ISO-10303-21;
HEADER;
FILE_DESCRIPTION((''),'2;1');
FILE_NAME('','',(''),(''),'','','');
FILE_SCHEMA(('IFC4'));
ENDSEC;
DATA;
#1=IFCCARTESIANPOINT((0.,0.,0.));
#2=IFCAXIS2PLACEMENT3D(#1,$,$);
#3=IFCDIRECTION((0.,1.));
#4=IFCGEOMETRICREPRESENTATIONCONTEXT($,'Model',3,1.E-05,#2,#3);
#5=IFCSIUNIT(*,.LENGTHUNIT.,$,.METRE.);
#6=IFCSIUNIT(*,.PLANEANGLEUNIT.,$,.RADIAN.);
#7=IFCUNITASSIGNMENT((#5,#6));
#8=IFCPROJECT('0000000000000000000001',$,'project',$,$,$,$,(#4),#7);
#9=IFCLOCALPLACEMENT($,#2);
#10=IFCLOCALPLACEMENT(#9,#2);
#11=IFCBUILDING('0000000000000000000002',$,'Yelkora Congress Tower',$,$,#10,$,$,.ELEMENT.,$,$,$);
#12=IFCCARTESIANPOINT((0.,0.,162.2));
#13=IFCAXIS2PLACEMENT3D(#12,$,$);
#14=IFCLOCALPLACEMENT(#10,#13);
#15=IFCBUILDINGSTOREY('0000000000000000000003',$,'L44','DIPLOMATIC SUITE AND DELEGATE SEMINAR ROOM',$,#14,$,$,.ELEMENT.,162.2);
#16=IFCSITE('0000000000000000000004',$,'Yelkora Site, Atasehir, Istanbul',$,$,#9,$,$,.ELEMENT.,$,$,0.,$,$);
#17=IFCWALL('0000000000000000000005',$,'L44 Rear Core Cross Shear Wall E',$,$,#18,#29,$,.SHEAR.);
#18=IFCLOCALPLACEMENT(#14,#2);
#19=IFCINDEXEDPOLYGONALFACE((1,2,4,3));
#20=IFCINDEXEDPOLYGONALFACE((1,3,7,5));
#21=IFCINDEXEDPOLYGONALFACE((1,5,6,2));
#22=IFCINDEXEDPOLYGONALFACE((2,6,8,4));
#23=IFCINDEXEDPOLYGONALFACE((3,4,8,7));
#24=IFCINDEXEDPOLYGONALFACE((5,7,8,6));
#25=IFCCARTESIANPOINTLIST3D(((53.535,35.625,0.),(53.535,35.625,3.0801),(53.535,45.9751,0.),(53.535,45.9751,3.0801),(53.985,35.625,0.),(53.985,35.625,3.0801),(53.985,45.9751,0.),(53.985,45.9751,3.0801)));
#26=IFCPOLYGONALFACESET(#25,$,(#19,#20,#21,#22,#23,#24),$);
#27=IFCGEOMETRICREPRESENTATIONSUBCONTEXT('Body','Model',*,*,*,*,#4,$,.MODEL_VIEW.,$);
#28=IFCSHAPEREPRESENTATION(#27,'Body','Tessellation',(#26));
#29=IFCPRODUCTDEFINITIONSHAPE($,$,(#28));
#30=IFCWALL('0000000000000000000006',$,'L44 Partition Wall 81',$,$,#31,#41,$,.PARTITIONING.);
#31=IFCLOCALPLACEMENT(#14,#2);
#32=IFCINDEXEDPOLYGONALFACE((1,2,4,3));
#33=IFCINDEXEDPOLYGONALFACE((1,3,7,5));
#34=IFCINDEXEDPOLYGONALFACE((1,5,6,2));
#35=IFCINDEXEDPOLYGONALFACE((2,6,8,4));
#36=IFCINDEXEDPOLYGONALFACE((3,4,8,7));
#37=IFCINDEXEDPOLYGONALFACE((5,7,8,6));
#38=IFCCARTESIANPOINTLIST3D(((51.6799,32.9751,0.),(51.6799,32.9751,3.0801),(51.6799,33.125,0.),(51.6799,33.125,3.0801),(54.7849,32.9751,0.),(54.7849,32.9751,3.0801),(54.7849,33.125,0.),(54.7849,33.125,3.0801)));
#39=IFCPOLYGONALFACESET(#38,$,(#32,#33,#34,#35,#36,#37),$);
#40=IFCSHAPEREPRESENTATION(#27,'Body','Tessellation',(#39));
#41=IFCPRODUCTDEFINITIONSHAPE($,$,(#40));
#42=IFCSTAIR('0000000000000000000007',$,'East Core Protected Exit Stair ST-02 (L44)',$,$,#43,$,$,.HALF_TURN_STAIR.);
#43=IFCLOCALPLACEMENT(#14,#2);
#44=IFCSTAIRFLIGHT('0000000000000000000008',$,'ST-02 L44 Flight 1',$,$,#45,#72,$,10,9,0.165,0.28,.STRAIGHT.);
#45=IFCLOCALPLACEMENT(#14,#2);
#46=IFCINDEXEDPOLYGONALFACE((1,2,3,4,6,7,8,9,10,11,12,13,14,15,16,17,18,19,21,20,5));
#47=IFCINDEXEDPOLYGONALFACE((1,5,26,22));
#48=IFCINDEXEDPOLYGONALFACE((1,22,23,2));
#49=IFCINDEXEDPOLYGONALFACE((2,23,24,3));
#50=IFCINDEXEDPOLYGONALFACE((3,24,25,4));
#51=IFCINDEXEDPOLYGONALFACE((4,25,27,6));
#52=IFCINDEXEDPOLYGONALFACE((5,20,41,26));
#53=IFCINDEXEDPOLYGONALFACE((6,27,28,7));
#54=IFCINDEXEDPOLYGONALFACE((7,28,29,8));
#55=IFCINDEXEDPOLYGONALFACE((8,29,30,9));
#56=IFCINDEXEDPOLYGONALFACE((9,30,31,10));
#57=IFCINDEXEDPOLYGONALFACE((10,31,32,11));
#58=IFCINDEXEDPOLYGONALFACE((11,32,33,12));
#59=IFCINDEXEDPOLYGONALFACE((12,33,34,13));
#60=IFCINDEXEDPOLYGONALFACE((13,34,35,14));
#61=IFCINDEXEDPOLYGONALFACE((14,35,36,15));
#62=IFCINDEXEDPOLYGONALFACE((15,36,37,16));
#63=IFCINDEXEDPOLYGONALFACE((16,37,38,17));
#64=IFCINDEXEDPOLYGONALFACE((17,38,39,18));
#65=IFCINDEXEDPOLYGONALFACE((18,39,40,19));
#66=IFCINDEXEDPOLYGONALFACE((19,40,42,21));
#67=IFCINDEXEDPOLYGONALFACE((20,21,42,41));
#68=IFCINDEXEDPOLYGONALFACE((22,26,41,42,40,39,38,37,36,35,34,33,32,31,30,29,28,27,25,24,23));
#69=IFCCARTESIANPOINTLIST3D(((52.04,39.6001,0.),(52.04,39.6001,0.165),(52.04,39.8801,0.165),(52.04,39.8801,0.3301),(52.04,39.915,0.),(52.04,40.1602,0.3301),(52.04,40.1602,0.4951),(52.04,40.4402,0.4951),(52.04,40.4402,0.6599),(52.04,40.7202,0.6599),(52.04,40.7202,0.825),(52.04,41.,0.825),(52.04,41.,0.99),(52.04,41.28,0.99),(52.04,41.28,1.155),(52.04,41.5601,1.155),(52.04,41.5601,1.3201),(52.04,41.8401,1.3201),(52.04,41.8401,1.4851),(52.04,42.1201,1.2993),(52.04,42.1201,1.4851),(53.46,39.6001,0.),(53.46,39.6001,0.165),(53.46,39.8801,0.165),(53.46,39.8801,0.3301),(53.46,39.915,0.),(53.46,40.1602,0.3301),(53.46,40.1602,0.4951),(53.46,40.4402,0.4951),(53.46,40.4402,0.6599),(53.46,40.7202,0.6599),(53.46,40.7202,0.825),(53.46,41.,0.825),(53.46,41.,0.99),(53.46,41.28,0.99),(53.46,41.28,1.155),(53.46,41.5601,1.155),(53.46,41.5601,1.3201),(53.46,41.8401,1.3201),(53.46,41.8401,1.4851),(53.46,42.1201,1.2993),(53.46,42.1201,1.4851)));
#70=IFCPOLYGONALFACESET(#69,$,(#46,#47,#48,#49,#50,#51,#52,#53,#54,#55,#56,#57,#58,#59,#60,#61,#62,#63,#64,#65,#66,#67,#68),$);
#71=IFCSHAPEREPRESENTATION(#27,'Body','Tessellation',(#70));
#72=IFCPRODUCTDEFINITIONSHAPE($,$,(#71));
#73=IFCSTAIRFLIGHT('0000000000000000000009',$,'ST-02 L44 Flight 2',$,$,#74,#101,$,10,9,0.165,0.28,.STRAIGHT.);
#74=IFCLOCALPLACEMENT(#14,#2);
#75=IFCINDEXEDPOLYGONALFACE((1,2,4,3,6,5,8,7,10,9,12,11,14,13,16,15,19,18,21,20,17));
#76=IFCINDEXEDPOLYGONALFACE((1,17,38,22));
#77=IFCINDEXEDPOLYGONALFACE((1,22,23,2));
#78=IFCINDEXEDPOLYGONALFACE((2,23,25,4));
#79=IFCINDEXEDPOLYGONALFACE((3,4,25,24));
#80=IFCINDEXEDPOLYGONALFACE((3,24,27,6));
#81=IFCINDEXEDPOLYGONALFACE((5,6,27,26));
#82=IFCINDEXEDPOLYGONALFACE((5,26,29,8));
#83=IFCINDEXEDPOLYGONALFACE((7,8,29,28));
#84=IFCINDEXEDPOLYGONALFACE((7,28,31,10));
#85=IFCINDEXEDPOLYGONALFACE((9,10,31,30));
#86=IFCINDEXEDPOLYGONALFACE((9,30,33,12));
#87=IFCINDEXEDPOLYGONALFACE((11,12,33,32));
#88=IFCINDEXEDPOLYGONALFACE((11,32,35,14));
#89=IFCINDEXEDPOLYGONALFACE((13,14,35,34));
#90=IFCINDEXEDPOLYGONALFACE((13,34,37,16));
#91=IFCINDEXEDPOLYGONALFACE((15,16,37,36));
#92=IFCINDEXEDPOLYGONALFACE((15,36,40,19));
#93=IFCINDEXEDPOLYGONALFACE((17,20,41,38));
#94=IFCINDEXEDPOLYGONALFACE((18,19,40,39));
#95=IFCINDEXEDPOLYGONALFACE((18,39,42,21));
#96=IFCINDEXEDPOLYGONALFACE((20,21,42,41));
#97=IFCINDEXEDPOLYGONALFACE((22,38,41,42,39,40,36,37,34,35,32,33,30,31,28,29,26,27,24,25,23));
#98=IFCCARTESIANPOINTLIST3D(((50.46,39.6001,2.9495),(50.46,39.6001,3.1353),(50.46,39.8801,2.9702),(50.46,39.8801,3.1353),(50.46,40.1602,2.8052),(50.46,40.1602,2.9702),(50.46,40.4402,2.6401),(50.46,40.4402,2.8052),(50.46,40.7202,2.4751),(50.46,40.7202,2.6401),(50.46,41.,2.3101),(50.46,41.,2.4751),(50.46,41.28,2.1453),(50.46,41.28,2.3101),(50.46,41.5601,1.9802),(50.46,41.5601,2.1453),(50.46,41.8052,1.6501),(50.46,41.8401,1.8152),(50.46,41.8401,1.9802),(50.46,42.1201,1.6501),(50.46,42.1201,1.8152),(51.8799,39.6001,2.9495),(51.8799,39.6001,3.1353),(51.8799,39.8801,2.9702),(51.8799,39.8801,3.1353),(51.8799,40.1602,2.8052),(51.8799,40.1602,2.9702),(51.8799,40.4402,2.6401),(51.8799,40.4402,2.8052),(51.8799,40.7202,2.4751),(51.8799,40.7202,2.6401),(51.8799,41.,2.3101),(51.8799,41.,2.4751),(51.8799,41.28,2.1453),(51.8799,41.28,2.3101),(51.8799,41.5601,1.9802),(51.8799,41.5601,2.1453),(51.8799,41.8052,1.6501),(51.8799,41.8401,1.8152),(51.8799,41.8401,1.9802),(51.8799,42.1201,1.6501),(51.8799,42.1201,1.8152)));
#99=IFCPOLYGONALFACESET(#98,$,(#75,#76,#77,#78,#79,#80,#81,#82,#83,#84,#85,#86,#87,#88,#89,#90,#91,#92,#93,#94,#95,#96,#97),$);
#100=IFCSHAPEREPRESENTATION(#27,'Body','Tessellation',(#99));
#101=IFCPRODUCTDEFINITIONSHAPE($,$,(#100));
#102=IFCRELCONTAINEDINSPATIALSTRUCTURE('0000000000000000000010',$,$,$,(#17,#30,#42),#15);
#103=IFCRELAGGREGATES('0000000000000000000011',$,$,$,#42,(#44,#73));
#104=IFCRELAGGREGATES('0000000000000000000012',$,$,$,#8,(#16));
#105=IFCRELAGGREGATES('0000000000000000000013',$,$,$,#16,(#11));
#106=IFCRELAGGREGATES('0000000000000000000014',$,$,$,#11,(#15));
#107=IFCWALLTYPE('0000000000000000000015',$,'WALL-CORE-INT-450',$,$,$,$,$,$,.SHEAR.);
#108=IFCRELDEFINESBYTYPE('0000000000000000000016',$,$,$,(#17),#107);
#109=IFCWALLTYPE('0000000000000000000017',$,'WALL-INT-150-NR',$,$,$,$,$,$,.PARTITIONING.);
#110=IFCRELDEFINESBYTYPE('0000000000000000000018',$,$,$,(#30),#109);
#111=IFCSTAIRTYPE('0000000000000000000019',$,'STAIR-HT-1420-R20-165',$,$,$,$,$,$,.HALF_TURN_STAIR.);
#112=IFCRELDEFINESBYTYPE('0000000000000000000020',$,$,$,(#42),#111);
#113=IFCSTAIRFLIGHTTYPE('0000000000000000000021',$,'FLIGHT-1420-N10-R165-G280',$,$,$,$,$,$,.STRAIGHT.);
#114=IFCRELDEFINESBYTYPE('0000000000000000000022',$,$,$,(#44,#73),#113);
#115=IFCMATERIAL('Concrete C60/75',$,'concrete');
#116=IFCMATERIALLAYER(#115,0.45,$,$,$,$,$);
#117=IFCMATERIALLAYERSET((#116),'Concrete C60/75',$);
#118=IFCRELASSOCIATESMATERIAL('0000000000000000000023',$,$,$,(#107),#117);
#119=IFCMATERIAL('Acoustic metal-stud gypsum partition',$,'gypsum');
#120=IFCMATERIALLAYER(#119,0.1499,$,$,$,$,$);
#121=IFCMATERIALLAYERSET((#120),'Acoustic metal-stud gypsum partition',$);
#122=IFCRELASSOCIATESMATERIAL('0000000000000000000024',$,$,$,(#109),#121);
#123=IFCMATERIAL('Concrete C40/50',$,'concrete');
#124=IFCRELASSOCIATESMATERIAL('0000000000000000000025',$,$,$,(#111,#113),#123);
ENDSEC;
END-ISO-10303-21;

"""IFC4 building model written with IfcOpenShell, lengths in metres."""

from ifc_helpers import new_model, si_unit, direction, frame, frame_2d, origin, place, context, subcontext, project, spatial, polyline, rectangle, outline, extrude, material, layer, layer_set, type_object, element, aggregate, save


model = new_model("IFC4")

# Units and contexts
model_context = context("Model", 3, precision=1e-05, world=origin(), true_north=direction((0.0, 1.0)))
body_context = subcontext(model_context, "Body", "Model", "MODEL_VIEW")
ifc_project = project(units=[si_unit("LENGTHUNIT", "METRE"), si_unit("PLANEANGLEUNIT", "RADIAN")], contexts=[model_context])

# Site, building, storey
site_placement = place(None, origin())
site = spatial("IfcSite", under=ifc_project, at=site_placement, Name="Yelkora Site, Atasehir, Istanbul", CompositionType="ELEMENT", RefElevation=0.0)
building_placement = place(site_placement, origin())
building = spatial("IfcBuilding", under=site, at=building_placement, Name="Yelkora Congress Tower", CompositionType="ELEMENT")
storey_placement = place(building_placement, frame((0.0, 0.0, 162.2)))
storey = spatial("IfcBuildingStorey", under=building, at=storey_placement, Name="L44", Description="DIPLOMATIC SUITE AND DELEGATE SEMINAR ROOM", CompositionType="ELEMENT", Elevation=162.2)

# Walls
ifc_material_1 = material(Name="Concrete C60/75", Category="concrete")
ifc_layer_1 = layer(ifc_material_1, 0.45)
ifc_layer_set_1 = layer_set([ifc_layer_1], Name="Concrete C60/75")
wall_type_1 = type_object("IfcWallType", Name="WALL-CORE-INT-450", PredefinedType="SHEAR", material=ifc_layer_set_1)
wall_1_placement = place(storey_placement, frame((53.76, 35.625, 0.0), z_axis=(0.0, 0.0, 1.0), x_axis=(0.0, 1.0, 0.0)))
element("IfcWall", 1, at=wall_1_placement, inside=storey, type_object=wall_type_1, Name="L44 Rear Core Cross Shear Wall E", PredefinedType="SHEAR", context=body_context, shape_type="SweptSolid", body=[
    extrude(rectangle(XDim=10.3501, YDim=0.45, at=frame_2d((5.175, 0.0))), origin(), (0.0, 0.0, 1.0), 3.0801),
])
ifc_material_2 = material(Name="Acoustic metal-stud gypsum partition", Category="gypsum")
ifc_layer_2 = layer(ifc_material_2, 0.1499)
ifc_layer_set_2 = layer_set([ifc_layer_2], Name="Acoustic metal-stud gypsum partition")
wall_type_2 = type_object("IfcWallType", Name="WALL-INT-150-NR", PredefinedType="PARTITIONING", material=ifc_layer_set_2)
wall_2_placement = place(storey_placement, frame((51.6799, 33.05, 0.0), z_axis=(0.0, 0.0, 1.0), x_axis=(1.0, 0.0, 0.0)))
element("IfcWall", 2, at=wall_2_placement, inside=storey, type_object=wall_type_2, Name="L44 Partition Wall 81", PredefinedType="PARTITIONING", context=body_context, shape_type="SweptSolid", body=[
    extrude(rectangle(XDim=3.105, YDim=0.1499, at=frame_2d((1.5525, 0.0))), origin(), (0.0, 0.0, 1.0), 3.0801),
])

# Stair, stair flights
ifc_material_3 = material(Name="Concrete C40/50", Category="concrete")
stair_type = type_object("IfcStairType", Name="STAIR-HT-1420-R20-165", PredefinedType="HALF_TURN_STAIR", material=ifc_material_3)
stair_placement = place(storey_placement, origin())
stair = element("IfcStair", 3, at=stair_placement, inside=storey, type_object=stair_type, Name="East Core Protected Exit Stair ST-02 (L44)", PredefinedType="HALF_TURN_STAIR")
stair_flight_type = type_object("IfcStairFlightType", Name="FLIGHT-1420-N10-R165-G280", PredefinedType="STRAIGHT", material=ifc_material_3)
stair_flight_1_placement = place(storey_placement, frame((52.75, 39.6001, 0.0), z_axis=(0.0, 0.0, 1.0), x_axis=(0.0, 1.0, 0.0)))
stair_flight_1 = element("IfcStairFlight", 4, at=stair_flight_1_placement, type_object=stair_flight_type, Name="ST-02 L44 Flight 1", NumberOfRisers=10, NumberOfTreads=9, PredefinedType="STRAIGHT", RiserHeight=0.165, TreadLength=0.28, context=body_context, shape_type="SweptSolid", body=[
    extrude(outline(polyline([(0.0, 0.0), (0.0, 0.165), (0.28, 0.165), (0.28, 0.3301), (0.5601, 0.3301), (0.5601, 0.4951), (0.8401, 0.4951), (0.8401, 0.6599), (1.1201, 0.6599), (1.1201, 0.825), (1.3999, 0.825), (1.3999, 0.99), (1.6799, 0.99), (1.6799, 1.155), (1.96, 1.155), (1.96, 1.3201), (2.24, 1.3201), (2.24, 1.4851), (2.52, 1.4851), (2.52, 1.6499), (2.52, 1.2993), (0.3149, 0.0), (0.0, 0.0)])), frame((0.0, 0.71, 0.0), z_axis=(0.0, -1.0, 0.0), x_axis=(1.0, 0.0, 0.0)), (0.0, 0.0, 1.0), 1.4199),
])
stair_flight_2_placement = place(storey_placement, frame((51.1699, 42.1201, 1.6501), z_axis=(0.0, 0.0, 1.0), x_axis=(0.0, -1.0, 0.0)))
stair_flight_2 = element("IfcStairFlight", 5, at=stair_flight_2_placement, type_object=stair_flight_type, Name="ST-02 L44 Flight 2", NumberOfRisers=10, NumberOfTreads=9, PredefinedType="STRAIGHT", RiserHeight=0.165, TreadLength=0.28, context=body_context, shape_type="SweptSolid", body=[
    extrude(outline(polyline([(0.0, 0.0), (0.0, 0.165), (0.28, 0.165), (0.28, 0.3301), (0.5601, 0.3301), (0.5601, 0.4951), (0.8401, 0.4951), (0.8401, 0.6599), (1.1201, 0.6599), (1.1201, 0.825), (1.3999, 0.825), (1.3999, 0.99), (1.6799, 0.99), (1.6799, 1.155), (1.96, 1.155), (1.96, 1.3201), (2.24, 1.3201), (2.24, 1.4851), (2.52, 1.4851), (2.52, 1.6499), (2.52, 1.2993), (0.3149, 0.0), (0.0, 0.0)])), frame((0.0, 0.71, 0.0), z_axis=(0.0, -1.0, 0.0), x_axis=(1.0, 0.0, 0.0)), (0.0, 0.0, 1.0), 1.4199),
])
aggregate(stair, [stair_flight_1, stair_flight_2])

save(model, "model.ifc")
